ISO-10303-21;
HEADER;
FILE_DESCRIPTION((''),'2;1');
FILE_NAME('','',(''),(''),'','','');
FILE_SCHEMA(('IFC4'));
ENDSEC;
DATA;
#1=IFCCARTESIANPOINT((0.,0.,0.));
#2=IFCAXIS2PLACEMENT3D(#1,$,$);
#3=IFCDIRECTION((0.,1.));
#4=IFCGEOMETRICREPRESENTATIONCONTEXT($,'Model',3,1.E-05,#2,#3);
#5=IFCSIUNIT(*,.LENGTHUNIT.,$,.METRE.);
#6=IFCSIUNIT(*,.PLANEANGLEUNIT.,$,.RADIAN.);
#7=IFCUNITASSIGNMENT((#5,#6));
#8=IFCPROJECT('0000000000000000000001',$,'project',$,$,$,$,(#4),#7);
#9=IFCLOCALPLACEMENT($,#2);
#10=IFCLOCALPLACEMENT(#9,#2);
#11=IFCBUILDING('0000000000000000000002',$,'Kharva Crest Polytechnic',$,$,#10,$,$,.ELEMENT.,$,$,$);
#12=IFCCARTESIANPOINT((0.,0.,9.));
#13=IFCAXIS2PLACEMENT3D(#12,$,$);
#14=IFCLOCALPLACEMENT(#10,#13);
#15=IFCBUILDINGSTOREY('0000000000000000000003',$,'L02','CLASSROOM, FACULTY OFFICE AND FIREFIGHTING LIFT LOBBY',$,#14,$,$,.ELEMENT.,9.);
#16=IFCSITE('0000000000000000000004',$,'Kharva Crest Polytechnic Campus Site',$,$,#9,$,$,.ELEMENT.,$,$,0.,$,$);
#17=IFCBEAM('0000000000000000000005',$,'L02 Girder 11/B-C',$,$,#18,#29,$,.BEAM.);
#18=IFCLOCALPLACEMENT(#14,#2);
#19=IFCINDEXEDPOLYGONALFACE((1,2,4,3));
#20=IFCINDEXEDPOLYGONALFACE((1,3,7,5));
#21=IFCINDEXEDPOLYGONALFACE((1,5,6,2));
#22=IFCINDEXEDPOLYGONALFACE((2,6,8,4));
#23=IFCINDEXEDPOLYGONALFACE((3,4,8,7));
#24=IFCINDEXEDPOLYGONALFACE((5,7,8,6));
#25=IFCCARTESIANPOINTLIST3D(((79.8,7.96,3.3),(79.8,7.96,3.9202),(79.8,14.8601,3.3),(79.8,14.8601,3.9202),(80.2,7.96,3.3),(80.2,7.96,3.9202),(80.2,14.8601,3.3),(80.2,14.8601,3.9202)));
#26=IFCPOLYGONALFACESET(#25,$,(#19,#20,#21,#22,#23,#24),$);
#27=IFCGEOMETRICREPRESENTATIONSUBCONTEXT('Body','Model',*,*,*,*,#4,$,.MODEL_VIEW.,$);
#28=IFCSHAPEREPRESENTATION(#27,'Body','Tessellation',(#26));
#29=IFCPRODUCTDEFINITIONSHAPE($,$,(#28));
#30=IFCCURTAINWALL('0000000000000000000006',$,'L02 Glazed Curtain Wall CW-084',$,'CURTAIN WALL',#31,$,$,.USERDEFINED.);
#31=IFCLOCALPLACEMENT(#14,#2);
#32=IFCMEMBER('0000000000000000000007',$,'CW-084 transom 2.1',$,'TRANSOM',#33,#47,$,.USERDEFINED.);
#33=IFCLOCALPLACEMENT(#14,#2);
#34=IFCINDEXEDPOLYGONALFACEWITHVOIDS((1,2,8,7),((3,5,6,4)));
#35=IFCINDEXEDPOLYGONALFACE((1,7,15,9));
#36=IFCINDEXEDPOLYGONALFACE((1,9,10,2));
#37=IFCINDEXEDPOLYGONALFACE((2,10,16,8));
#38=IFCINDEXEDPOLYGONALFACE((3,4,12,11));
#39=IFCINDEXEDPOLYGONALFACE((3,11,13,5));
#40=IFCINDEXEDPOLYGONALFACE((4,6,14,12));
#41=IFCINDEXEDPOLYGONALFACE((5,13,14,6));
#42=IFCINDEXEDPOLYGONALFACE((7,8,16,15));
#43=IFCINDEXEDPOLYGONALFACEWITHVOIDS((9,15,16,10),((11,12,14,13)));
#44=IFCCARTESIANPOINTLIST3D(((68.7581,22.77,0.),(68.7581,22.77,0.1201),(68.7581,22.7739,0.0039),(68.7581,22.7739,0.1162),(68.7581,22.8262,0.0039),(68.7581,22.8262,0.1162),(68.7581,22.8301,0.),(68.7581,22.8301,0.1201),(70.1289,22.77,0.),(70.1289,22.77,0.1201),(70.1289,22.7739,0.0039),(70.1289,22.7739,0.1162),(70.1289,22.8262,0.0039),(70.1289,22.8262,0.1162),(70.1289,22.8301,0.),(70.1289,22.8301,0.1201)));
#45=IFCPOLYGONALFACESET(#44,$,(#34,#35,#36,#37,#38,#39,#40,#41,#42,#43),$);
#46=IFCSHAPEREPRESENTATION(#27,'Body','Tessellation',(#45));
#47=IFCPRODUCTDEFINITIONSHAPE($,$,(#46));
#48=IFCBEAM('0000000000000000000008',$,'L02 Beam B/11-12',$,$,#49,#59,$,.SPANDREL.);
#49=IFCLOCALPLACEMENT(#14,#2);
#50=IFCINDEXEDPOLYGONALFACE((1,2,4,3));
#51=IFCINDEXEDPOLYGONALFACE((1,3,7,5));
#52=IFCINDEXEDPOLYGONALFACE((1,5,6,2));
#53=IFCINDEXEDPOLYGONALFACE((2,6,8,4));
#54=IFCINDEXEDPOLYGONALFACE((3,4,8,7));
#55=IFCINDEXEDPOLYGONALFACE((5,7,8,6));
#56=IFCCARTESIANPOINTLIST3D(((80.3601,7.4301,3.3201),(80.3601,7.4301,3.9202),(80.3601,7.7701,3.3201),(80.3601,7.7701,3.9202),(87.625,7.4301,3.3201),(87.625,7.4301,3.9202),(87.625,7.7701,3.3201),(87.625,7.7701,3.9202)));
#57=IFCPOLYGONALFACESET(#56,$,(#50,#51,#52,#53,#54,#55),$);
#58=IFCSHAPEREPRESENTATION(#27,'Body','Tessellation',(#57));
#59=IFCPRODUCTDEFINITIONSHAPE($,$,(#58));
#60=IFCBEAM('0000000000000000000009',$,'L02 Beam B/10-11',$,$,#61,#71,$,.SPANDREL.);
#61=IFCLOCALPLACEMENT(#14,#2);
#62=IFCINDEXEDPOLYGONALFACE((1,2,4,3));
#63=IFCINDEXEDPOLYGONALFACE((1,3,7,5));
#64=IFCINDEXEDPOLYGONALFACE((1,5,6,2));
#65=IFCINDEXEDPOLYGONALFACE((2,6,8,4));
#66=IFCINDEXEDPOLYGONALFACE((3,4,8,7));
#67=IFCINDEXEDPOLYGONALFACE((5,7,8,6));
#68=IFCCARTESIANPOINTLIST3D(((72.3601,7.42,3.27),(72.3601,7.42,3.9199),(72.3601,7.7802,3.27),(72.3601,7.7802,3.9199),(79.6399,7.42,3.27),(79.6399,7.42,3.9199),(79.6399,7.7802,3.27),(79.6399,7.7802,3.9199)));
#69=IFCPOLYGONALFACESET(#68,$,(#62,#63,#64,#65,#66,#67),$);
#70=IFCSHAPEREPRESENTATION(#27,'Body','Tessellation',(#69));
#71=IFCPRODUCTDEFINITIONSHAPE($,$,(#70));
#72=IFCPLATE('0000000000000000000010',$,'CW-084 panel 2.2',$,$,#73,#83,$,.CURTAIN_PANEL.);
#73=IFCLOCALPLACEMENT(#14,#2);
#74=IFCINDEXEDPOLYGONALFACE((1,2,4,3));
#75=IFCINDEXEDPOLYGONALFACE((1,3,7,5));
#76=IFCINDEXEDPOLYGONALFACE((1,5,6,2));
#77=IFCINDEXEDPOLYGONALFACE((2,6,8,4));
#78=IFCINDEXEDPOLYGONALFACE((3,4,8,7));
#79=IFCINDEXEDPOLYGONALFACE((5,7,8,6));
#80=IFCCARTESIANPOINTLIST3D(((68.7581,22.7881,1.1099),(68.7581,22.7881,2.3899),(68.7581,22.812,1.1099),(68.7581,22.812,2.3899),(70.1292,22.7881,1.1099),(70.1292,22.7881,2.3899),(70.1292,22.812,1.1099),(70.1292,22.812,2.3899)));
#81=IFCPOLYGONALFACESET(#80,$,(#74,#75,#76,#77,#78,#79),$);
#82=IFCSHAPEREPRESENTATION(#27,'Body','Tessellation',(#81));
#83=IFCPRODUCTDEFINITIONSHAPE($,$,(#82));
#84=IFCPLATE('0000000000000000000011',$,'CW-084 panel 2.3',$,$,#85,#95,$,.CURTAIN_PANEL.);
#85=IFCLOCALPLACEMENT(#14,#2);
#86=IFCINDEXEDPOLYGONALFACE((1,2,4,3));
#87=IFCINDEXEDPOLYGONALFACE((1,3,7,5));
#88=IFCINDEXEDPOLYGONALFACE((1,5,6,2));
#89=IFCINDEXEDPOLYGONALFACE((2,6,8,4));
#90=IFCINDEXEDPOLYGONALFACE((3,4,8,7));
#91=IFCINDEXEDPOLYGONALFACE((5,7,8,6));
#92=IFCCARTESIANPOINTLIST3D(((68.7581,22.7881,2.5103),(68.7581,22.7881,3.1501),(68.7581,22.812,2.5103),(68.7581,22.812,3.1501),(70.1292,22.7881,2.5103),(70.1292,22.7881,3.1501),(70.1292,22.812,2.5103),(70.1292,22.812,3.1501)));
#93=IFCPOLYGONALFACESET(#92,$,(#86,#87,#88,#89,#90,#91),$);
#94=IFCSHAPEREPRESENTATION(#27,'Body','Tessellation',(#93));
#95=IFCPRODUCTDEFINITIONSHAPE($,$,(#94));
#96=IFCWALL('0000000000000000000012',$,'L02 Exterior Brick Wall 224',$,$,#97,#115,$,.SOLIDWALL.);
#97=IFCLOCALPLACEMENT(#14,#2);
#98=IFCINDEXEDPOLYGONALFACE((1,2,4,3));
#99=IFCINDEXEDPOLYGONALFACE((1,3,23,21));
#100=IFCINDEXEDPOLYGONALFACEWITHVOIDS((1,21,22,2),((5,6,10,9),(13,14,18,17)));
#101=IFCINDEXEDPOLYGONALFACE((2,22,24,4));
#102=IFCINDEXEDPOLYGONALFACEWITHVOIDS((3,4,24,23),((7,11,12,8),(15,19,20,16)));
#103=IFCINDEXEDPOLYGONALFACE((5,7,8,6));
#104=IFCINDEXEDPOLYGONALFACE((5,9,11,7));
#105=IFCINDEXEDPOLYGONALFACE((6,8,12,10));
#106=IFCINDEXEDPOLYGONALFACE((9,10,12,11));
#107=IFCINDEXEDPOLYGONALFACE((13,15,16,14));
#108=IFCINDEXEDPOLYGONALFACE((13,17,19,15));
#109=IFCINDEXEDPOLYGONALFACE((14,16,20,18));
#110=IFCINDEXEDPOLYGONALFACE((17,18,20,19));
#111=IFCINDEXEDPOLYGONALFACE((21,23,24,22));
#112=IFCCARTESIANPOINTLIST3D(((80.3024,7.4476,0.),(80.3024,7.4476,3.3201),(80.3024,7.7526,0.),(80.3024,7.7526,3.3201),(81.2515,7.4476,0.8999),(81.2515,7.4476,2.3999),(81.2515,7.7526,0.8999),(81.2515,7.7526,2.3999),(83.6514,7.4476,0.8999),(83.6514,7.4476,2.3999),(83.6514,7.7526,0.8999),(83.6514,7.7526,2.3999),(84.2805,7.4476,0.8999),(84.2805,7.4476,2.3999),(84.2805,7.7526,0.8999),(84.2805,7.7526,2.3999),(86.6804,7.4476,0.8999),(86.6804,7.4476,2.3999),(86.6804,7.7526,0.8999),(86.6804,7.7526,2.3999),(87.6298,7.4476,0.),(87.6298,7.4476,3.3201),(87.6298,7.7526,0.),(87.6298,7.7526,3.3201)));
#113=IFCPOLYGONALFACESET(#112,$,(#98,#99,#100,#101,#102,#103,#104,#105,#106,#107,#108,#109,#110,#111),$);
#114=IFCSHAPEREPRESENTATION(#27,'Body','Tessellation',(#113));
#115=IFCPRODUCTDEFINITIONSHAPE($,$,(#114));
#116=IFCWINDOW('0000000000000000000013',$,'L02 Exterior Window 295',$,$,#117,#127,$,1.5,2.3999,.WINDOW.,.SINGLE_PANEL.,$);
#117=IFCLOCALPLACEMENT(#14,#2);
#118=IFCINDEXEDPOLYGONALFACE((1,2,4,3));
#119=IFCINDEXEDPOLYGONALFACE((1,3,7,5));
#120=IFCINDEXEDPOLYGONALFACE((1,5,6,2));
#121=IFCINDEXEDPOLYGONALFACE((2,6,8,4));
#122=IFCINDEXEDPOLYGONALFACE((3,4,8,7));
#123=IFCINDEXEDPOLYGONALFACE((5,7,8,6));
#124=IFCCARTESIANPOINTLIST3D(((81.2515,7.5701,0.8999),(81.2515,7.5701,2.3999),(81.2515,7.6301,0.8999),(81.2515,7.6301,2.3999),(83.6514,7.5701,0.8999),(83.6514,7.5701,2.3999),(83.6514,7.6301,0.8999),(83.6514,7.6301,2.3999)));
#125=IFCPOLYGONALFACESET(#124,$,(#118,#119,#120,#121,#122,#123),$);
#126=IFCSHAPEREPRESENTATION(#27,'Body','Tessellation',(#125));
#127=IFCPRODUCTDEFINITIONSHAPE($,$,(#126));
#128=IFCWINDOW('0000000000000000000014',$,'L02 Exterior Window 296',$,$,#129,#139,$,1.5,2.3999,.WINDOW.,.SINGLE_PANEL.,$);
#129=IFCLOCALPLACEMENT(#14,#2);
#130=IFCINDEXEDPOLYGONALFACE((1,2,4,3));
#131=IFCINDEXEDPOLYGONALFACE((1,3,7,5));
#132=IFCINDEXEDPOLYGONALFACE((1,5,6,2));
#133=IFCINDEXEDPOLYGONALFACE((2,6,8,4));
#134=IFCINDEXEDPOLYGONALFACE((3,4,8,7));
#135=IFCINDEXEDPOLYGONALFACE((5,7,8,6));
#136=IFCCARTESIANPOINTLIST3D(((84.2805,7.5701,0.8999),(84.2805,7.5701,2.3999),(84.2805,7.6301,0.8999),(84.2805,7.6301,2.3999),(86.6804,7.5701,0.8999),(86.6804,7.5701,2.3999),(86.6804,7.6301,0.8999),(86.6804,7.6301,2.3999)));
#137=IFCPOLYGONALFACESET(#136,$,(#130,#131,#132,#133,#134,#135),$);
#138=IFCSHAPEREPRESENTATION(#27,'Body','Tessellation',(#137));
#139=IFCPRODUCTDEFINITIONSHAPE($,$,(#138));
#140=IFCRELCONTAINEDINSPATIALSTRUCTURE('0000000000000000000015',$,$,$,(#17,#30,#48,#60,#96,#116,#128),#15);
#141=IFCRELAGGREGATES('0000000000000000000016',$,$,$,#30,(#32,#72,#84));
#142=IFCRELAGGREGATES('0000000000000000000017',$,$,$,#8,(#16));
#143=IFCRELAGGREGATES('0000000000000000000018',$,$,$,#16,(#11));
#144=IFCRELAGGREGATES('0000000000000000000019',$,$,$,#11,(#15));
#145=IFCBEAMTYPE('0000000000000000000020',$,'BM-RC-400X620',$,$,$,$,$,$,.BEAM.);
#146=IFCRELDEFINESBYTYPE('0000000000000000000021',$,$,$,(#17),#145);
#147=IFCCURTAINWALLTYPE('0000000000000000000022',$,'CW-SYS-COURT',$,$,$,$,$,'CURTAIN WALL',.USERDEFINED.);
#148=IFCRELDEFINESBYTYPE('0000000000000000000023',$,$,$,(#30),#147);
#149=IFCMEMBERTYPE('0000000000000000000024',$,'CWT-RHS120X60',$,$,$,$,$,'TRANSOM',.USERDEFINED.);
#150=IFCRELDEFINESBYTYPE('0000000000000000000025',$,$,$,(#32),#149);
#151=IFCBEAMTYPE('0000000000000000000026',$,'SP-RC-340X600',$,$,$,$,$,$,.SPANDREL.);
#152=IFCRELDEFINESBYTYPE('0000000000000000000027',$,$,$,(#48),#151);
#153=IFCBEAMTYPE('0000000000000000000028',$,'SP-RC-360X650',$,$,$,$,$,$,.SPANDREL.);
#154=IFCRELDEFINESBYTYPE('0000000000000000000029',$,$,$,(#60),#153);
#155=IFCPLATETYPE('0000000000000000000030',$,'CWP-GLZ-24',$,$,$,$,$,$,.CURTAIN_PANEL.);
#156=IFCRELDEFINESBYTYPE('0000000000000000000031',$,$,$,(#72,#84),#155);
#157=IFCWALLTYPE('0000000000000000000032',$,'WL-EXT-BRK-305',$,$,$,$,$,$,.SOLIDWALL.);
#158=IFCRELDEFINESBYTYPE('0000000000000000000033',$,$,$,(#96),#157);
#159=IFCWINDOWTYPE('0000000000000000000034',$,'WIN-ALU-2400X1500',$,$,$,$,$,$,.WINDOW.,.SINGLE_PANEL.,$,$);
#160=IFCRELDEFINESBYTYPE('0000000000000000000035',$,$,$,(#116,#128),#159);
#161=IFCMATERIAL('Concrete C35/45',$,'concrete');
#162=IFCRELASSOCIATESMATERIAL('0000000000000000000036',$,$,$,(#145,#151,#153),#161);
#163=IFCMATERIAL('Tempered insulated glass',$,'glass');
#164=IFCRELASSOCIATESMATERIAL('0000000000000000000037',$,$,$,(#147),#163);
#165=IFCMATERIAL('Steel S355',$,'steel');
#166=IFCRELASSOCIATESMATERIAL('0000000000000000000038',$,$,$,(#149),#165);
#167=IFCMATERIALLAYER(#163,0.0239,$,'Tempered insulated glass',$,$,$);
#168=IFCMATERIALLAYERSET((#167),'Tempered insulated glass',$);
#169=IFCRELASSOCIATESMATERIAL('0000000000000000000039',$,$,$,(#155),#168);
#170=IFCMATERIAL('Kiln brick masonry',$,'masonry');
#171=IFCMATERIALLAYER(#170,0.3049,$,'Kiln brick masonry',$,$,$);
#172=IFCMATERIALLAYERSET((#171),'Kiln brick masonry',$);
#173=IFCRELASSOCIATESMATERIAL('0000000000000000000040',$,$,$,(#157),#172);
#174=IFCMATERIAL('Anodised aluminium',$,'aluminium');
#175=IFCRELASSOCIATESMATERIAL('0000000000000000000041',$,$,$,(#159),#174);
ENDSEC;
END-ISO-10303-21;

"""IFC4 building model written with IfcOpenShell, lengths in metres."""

from ifc_helpers import new_model, si_unit, direction, frame, frame_2d, origin, origin_2d, place, context, subcontext, project, spatial, rectangle, hollow_rectangle, extrude, material, layer, layer_set, material_profile, profile_set, type_object, element, fill, aggregate, save


model = new_model("IFC4")

# Units and contexts
model_context = context("Model", 3, precision=1e-05, world=origin(), true_north=direction((0.0, 1.0)))
body_context = subcontext(model_context, "Body", "Model", "MODEL_VIEW")
ifc_project = project(units=[si_unit("LENGTHUNIT", "METRE"), si_unit("PLANEANGLEUNIT", "RADIAN")], contexts=[model_context])

# Site, building, storey
site_placement = place(None, origin())
site = spatial("IfcSite", under=ifc_project, at=site_placement, Name="Kharva Crest Polytechnic Campus Site", CompositionType="ELEMENT", RefElevation=0.0)
building_placement = place(site_placement, origin())
building = spatial("IfcBuilding", under=site, at=building_placement, Name="Kharva Crest Polytechnic", CompositionType="ELEMENT")
storey_placement = place(building_placement, frame((0.0, 0.0, 9.0)))
storey = spatial("IfcBuildingStorey", under=building, at=storey_placement, Name="L02", Description="CLASSROOM, FACULTY OFFICE AND FIREFIGHTING LIFT LOBBY", CompositionType="ELEMENT", Elevation=9.0)

# Beam
ifc_material_1 = material(Name="Concrete C35/45", Category="concrete")
ifc_material_profile_1 = material_profile(ifc_material_1, rectangle(XDim=0.3999, YDim=0.6201, at=origin_2d()), Name="RECT 400 X 620")
ifc_profile_set_1 = profile_set([ifc_material_profile_1], Name="Concrete C35/45")
beam_type_1 = type_object("IfcBeamType", Name="BM-RC-400X620", PredefinedType="BEAM", material=ifc_profile_set_1)
beam_1_placement = place(storey_placement, frame((80.0, 7.96, 3.6101), z_axis=(0.0, 1.0, 0.0), x_axis=(-1.0, 0.0, 0.0)))
element("IfcBeam", 1, at=beam_1_placement, inside=storey, type_object=beam_type_1, Name="L02 Girder 11/B-C", PredefinedType="BEAM", context=body_context, shape_type="SweptSolid", body=[
    extrude(rectangle(XDim=0.3999, YDim=0.6201, at=origin_2d()), origin(), (0.0, 0.0, 1.0), 6.9001),
])

# Curtain wall, member
ifc_material_2 = material(Name="Tempered insulated glass", Category="glass")
curtain_wall_type = type_object("IfcCurtainWallType", Name="CW-SYS-COURT", ElementType="CURTAIN WALL", PredefinedType="USERDEFINED", material=ifc_material_2)
curtain_wall_placement = place(storey_placement, origin())
curtain_wall = element("IfcCurtainWall", 2, at=curtain_wall_placement, inside=storey, type_object=curtain_wall_type, Name="L02 Glazed Curtain Wall CW-084", ObjectType="CURTAIN WALL", PredefinedType="USERDEFINED")
ifc_material_3 = material(Name="Steel S355", Category="steel")
ifc_material_profile_2 = material_profile(ifc_material_3, hollow_rectangle(XDim=0.0601, YDim=0.1201, WallThickness=0.0039, at=origin_2d()), Name="RHS 120X60X4.0")
ifc_profile_set_2 = profile_set([ifc_material_profile_2], Name="Steel S355")
member_type = type_object("IfcMemberType", Name="CWT-RHS120X60", ElementType="TRANSOM", PredefinedType="USERDEFINED", material=ifc_profile_set_2)
member_placement = place(storey_placement, frame((70.1289, 22.8, 0.0601), z_axis=(-1.0, 0.0, 0.0), x_axis=(0.0, -1.0, 0.0)))
member = element("IfcMember", 3, at=member_placement, type_object=member_type, Name="CW-084 transom 2.1", ObjectType="TRANSOM", PredefinedType="USERDEFINED", context=body_context, shape_type="SweptSolid", body=[
    extrude(hollow_rectangle(XDim=0.0601, YDim=0.1201, WallThickness=0.0039, at=origin_2d()), origin(), (0.0, 0.0, 1.0), 1.3708),
])

# Beams
ifc_material_profile_3 = material_profile(ifc_material_1, rectangle(XDim=0.3401, YDim=0.6001, at=origin_2d()), Name="RECT 340 X 600")
ifc_profile_set_3 = profile_set([ifc_material_profile_3], Name="Concrete C35/45")
beam_type_2 = type_object("IfcBeamType", Name="SP-RC-340X600", PredefinedType="SPANDREL", material=ifc_profile_set_3)
beam_2_placement = place(storey_placement, frame((80.3601, 7.6001, 3.6201), z_axis=(1.0, 0.0, 0.0), x_axis=(0.0, 1.0, 0.0)))
element("IfcBeam", 4, at=beam_2_placement, inside=storey, type_object=beam_type_2, Name="L02 Beam B/11-12", PredefinedType="SPANDREL", context=body_context, shape_type="SweptSolid", body=[
    extrude(rectangle(XDim=0.3401, YDim=0.6001, at=origin_2d()), origin(), (0.0, 0.0, 1.0), 7.2649),
])
ifc_material_profile_4 = material_profile(ifc_material_1, rectangle(XDim=0.3601, YDim=0.6499, at=origin_2d()), Name="RECT 360 X 650")
ifc_profile_set_4 = profile_set([ifc_material_profile_4], Name="Concrete C35/45")
beam_type_3 = type_object("IfcBeamType", Name="SP-RC-360X650", PredefinedType="SPANDREL", material=ifc_profile_set_4)
beam_3_placement = place(storey_placement, frame((72.3601, 7.6001, 3.595), z_axis=(1.0, 0.0, 0.0), x_axis=(0.0, 1.0, 0.0)))
element("IfcBeam", 5, at=beam_3_placement, inside=storey, type_object=beam_type_3, Name="L02 Beam B/10-11", PredefinedType="SPANDREL", context=body_context, shape_type="SweptSolid", body=[
    extrude(rectangle(XDim=0.3601, YDim=0.6499, at=origin_2d()), origin(), (0.0, 0.0, 1.0), 7.2798),
])

# Plates
ifc_layer_1 = layer(ifc_material_2, 0.0239, Name="Tempered insulated glass")
ifc_layer_set_1 = layer_set([ifc_layer_1], Name="Tempered insulated glass")
plate_type = type_object("IfcPlateType", Name="CWP-GLZ-24", PredefinedType="CURTAIN_PANEL", material=ifc_layer_set_1)
plate_1_placement = place(storey_placement, frame((69.4436, 22.8, 1.1099), z_axis=(0.0, 0.0, 1.0), x_axis=(-1.0, 0.0, 0.0)))
plate_1 = element("IfcPlate", 6, at=plate_1_placement, type_object=plate_type, Name="CW-084 panel 2.2", PredefinedType="CURTAIN_PANEL", context=body_context, shape_type="SweptSolid", body=[
    extrude(rectangle(XDim=1.3711, YDim=0.0239, at=origin_2d()), origin(), (0.0, 0.0, 1.0), 1.28),
])
plate_2_placement = place(storey_placement, frame((69.4436, 22.8, 2.5103), z_axis=(0.0, 0.0, 1.0), x_axis=(-1.0, 0.0, 0.0)))
plate_2 = element("IfcPlate", 7, at=plate_2_placement, type_object=plate_type, Name="CW-084 panel 2.3", PredefinedType="CURTAIN_PANEL", context=body_context, shape_type="SweptSolid", body=[
    extrude(rectangle(XDim=1.3711, YDim=0.0239, at=origin_2d()), origin(), (0.0, 0.0, 1.0), 0.6399),
])
aggregate(curtain_wall, [member, plate_1, plate_2])

# Wall, openings, windows
ifc_material_4 = material(Name="Kiln brick masonry", Category="masonry")
ifc_layer_2 = layer(ifc_material_4, 0.3049, Name="Kiln brick masonry")
ifc_layer_set_2 = layer_set([ifc_layer_2], Name="Kiln brick masonry")
wall_type_1 = type_object("IfcWallType", Name="WL-EXT-BRK-305", PredefinedType="SOLIDWALL", material=ifc_layer_set_2)
wall_1_placement = place(storey_placement, frame((80.3025, 7.6001, 0.0), z_axis=(0.0, 0.0, 1.0), x_axis=(1.0, 0.0, 0.0)))
wall_1 = element("IfcWall", 8, at=wall_1_placement, inside=storey, type_object=wall_type_1, Name="L02 Exterior Brick Wall 224", PredefinedType="SOLIDWALL", context=body_context, shape_type="SweptSolid", body=[
    extrude(rectangle(XDim=7.3274, YDim=0.3049, at=frame_2d((3.6636, 0.0))), origin(), (0.0, 0.0, 1.0), 3.3201),
])
opening_1_placement = place(wall_1_placement, frame((0.949, 0.0, 0.8999)))
opening_1 = element("IfcOpeningElement", 9, at=opening_1_placement, cuts=wall_1, PredefinedType="OPENING", context=body_context, shape_type="SweptSolid", body=[
    extrude(rectangle(XDim=2.3999, YDim=1.5, at=frame_2d((1.2, 0.75))), frame((0.0, 0.1624, 0.0), z_axis=(0.0, -1.0, 0.0), x_axis=(1.0, 0.0, 0.0)), (0.0, 0.0, 1.0), 0.325),
])
opening_2_placement = place(wall_1_placement, frame((3.978, 0.0, 0.8999)))
opening_2 = element("IfcOpeningElement", 10, at=opening_2_placement, cuts=wall_1, PredefinedType="OPENING", context=body_context, shape_type="SweptSolid", body=[
    extrude(rectangle(XDim=2.3999, YDim=1.5, at=frame_2d((1.2, 0.75))), frame((0.0, 0.1624, 0.0), z_axis=(0.0, -1.0, 0.0), x_axis=(1.0, 0.0, 0.0)), (0.0, 0.0, 1.0), 0.325),
])
ifc_material_5 = material(Name="Anodised aluminium", Category="aluminium")
window_type_1 = type_object("IfcWindowType", Name="WIN-ALU-2400X1500", PartitioningType="SINGLE_PANEL", PredefinedType="WINDOW", material=ifc_material_5)
window_1_placement = place(opening_1_placement, origin())
window_1 = element("IfcWindow", 11, at=window_1_placement, inside=storey, type_object=window_type_1, Name="L02 Exterior Window 295", OverallHeight=1.5, OverallWidth=2.3999, PartitioningType="SINGLE_PANEL", PredefinedType="WINDOW", context=body_context, shape_type="SweptSolid", body=[
    extrude(rectangle(XDim=2.3999, YDim=1.5, at=frame_2d((1.2, 0.75))), frame((0.0, 0.03, 0.0), z_axis=(0.0, -1.0, 0.0), x_axis=(1.0, 0.0, 0.0)), (0.0, 0.0, 1.0), 0.0601),
])
fill(opening_1, window_1)
window_2_placement = place(opening_2_placement, origin())
window_2 = element("IfcWindow", 12, at=window_2_placement, inside=storey, type_object=window_type_1, Name="L02 Exterior Window 296", OverallHeight=1.5, OverallWidth=2.3999, PartitioningType="SINGLE_PANEL", PredefinedType="WINDOW", context=body_context, shape_type="SweptSolid", body=[
    extrude(rectangle(XDim=2.3999, YDim=1.5, at=frame_2d((1.2, 0.75))), frame((0.0, 0.03, 0.0), z_axis=(0.0, -1.0, 0.0), x_axis=(1.0, 0.0, 0.0)), (0.0, 0.0, 1.0), 0.0601),
])
fill(opening_2, window_2)

save(model, "model.ifc")
